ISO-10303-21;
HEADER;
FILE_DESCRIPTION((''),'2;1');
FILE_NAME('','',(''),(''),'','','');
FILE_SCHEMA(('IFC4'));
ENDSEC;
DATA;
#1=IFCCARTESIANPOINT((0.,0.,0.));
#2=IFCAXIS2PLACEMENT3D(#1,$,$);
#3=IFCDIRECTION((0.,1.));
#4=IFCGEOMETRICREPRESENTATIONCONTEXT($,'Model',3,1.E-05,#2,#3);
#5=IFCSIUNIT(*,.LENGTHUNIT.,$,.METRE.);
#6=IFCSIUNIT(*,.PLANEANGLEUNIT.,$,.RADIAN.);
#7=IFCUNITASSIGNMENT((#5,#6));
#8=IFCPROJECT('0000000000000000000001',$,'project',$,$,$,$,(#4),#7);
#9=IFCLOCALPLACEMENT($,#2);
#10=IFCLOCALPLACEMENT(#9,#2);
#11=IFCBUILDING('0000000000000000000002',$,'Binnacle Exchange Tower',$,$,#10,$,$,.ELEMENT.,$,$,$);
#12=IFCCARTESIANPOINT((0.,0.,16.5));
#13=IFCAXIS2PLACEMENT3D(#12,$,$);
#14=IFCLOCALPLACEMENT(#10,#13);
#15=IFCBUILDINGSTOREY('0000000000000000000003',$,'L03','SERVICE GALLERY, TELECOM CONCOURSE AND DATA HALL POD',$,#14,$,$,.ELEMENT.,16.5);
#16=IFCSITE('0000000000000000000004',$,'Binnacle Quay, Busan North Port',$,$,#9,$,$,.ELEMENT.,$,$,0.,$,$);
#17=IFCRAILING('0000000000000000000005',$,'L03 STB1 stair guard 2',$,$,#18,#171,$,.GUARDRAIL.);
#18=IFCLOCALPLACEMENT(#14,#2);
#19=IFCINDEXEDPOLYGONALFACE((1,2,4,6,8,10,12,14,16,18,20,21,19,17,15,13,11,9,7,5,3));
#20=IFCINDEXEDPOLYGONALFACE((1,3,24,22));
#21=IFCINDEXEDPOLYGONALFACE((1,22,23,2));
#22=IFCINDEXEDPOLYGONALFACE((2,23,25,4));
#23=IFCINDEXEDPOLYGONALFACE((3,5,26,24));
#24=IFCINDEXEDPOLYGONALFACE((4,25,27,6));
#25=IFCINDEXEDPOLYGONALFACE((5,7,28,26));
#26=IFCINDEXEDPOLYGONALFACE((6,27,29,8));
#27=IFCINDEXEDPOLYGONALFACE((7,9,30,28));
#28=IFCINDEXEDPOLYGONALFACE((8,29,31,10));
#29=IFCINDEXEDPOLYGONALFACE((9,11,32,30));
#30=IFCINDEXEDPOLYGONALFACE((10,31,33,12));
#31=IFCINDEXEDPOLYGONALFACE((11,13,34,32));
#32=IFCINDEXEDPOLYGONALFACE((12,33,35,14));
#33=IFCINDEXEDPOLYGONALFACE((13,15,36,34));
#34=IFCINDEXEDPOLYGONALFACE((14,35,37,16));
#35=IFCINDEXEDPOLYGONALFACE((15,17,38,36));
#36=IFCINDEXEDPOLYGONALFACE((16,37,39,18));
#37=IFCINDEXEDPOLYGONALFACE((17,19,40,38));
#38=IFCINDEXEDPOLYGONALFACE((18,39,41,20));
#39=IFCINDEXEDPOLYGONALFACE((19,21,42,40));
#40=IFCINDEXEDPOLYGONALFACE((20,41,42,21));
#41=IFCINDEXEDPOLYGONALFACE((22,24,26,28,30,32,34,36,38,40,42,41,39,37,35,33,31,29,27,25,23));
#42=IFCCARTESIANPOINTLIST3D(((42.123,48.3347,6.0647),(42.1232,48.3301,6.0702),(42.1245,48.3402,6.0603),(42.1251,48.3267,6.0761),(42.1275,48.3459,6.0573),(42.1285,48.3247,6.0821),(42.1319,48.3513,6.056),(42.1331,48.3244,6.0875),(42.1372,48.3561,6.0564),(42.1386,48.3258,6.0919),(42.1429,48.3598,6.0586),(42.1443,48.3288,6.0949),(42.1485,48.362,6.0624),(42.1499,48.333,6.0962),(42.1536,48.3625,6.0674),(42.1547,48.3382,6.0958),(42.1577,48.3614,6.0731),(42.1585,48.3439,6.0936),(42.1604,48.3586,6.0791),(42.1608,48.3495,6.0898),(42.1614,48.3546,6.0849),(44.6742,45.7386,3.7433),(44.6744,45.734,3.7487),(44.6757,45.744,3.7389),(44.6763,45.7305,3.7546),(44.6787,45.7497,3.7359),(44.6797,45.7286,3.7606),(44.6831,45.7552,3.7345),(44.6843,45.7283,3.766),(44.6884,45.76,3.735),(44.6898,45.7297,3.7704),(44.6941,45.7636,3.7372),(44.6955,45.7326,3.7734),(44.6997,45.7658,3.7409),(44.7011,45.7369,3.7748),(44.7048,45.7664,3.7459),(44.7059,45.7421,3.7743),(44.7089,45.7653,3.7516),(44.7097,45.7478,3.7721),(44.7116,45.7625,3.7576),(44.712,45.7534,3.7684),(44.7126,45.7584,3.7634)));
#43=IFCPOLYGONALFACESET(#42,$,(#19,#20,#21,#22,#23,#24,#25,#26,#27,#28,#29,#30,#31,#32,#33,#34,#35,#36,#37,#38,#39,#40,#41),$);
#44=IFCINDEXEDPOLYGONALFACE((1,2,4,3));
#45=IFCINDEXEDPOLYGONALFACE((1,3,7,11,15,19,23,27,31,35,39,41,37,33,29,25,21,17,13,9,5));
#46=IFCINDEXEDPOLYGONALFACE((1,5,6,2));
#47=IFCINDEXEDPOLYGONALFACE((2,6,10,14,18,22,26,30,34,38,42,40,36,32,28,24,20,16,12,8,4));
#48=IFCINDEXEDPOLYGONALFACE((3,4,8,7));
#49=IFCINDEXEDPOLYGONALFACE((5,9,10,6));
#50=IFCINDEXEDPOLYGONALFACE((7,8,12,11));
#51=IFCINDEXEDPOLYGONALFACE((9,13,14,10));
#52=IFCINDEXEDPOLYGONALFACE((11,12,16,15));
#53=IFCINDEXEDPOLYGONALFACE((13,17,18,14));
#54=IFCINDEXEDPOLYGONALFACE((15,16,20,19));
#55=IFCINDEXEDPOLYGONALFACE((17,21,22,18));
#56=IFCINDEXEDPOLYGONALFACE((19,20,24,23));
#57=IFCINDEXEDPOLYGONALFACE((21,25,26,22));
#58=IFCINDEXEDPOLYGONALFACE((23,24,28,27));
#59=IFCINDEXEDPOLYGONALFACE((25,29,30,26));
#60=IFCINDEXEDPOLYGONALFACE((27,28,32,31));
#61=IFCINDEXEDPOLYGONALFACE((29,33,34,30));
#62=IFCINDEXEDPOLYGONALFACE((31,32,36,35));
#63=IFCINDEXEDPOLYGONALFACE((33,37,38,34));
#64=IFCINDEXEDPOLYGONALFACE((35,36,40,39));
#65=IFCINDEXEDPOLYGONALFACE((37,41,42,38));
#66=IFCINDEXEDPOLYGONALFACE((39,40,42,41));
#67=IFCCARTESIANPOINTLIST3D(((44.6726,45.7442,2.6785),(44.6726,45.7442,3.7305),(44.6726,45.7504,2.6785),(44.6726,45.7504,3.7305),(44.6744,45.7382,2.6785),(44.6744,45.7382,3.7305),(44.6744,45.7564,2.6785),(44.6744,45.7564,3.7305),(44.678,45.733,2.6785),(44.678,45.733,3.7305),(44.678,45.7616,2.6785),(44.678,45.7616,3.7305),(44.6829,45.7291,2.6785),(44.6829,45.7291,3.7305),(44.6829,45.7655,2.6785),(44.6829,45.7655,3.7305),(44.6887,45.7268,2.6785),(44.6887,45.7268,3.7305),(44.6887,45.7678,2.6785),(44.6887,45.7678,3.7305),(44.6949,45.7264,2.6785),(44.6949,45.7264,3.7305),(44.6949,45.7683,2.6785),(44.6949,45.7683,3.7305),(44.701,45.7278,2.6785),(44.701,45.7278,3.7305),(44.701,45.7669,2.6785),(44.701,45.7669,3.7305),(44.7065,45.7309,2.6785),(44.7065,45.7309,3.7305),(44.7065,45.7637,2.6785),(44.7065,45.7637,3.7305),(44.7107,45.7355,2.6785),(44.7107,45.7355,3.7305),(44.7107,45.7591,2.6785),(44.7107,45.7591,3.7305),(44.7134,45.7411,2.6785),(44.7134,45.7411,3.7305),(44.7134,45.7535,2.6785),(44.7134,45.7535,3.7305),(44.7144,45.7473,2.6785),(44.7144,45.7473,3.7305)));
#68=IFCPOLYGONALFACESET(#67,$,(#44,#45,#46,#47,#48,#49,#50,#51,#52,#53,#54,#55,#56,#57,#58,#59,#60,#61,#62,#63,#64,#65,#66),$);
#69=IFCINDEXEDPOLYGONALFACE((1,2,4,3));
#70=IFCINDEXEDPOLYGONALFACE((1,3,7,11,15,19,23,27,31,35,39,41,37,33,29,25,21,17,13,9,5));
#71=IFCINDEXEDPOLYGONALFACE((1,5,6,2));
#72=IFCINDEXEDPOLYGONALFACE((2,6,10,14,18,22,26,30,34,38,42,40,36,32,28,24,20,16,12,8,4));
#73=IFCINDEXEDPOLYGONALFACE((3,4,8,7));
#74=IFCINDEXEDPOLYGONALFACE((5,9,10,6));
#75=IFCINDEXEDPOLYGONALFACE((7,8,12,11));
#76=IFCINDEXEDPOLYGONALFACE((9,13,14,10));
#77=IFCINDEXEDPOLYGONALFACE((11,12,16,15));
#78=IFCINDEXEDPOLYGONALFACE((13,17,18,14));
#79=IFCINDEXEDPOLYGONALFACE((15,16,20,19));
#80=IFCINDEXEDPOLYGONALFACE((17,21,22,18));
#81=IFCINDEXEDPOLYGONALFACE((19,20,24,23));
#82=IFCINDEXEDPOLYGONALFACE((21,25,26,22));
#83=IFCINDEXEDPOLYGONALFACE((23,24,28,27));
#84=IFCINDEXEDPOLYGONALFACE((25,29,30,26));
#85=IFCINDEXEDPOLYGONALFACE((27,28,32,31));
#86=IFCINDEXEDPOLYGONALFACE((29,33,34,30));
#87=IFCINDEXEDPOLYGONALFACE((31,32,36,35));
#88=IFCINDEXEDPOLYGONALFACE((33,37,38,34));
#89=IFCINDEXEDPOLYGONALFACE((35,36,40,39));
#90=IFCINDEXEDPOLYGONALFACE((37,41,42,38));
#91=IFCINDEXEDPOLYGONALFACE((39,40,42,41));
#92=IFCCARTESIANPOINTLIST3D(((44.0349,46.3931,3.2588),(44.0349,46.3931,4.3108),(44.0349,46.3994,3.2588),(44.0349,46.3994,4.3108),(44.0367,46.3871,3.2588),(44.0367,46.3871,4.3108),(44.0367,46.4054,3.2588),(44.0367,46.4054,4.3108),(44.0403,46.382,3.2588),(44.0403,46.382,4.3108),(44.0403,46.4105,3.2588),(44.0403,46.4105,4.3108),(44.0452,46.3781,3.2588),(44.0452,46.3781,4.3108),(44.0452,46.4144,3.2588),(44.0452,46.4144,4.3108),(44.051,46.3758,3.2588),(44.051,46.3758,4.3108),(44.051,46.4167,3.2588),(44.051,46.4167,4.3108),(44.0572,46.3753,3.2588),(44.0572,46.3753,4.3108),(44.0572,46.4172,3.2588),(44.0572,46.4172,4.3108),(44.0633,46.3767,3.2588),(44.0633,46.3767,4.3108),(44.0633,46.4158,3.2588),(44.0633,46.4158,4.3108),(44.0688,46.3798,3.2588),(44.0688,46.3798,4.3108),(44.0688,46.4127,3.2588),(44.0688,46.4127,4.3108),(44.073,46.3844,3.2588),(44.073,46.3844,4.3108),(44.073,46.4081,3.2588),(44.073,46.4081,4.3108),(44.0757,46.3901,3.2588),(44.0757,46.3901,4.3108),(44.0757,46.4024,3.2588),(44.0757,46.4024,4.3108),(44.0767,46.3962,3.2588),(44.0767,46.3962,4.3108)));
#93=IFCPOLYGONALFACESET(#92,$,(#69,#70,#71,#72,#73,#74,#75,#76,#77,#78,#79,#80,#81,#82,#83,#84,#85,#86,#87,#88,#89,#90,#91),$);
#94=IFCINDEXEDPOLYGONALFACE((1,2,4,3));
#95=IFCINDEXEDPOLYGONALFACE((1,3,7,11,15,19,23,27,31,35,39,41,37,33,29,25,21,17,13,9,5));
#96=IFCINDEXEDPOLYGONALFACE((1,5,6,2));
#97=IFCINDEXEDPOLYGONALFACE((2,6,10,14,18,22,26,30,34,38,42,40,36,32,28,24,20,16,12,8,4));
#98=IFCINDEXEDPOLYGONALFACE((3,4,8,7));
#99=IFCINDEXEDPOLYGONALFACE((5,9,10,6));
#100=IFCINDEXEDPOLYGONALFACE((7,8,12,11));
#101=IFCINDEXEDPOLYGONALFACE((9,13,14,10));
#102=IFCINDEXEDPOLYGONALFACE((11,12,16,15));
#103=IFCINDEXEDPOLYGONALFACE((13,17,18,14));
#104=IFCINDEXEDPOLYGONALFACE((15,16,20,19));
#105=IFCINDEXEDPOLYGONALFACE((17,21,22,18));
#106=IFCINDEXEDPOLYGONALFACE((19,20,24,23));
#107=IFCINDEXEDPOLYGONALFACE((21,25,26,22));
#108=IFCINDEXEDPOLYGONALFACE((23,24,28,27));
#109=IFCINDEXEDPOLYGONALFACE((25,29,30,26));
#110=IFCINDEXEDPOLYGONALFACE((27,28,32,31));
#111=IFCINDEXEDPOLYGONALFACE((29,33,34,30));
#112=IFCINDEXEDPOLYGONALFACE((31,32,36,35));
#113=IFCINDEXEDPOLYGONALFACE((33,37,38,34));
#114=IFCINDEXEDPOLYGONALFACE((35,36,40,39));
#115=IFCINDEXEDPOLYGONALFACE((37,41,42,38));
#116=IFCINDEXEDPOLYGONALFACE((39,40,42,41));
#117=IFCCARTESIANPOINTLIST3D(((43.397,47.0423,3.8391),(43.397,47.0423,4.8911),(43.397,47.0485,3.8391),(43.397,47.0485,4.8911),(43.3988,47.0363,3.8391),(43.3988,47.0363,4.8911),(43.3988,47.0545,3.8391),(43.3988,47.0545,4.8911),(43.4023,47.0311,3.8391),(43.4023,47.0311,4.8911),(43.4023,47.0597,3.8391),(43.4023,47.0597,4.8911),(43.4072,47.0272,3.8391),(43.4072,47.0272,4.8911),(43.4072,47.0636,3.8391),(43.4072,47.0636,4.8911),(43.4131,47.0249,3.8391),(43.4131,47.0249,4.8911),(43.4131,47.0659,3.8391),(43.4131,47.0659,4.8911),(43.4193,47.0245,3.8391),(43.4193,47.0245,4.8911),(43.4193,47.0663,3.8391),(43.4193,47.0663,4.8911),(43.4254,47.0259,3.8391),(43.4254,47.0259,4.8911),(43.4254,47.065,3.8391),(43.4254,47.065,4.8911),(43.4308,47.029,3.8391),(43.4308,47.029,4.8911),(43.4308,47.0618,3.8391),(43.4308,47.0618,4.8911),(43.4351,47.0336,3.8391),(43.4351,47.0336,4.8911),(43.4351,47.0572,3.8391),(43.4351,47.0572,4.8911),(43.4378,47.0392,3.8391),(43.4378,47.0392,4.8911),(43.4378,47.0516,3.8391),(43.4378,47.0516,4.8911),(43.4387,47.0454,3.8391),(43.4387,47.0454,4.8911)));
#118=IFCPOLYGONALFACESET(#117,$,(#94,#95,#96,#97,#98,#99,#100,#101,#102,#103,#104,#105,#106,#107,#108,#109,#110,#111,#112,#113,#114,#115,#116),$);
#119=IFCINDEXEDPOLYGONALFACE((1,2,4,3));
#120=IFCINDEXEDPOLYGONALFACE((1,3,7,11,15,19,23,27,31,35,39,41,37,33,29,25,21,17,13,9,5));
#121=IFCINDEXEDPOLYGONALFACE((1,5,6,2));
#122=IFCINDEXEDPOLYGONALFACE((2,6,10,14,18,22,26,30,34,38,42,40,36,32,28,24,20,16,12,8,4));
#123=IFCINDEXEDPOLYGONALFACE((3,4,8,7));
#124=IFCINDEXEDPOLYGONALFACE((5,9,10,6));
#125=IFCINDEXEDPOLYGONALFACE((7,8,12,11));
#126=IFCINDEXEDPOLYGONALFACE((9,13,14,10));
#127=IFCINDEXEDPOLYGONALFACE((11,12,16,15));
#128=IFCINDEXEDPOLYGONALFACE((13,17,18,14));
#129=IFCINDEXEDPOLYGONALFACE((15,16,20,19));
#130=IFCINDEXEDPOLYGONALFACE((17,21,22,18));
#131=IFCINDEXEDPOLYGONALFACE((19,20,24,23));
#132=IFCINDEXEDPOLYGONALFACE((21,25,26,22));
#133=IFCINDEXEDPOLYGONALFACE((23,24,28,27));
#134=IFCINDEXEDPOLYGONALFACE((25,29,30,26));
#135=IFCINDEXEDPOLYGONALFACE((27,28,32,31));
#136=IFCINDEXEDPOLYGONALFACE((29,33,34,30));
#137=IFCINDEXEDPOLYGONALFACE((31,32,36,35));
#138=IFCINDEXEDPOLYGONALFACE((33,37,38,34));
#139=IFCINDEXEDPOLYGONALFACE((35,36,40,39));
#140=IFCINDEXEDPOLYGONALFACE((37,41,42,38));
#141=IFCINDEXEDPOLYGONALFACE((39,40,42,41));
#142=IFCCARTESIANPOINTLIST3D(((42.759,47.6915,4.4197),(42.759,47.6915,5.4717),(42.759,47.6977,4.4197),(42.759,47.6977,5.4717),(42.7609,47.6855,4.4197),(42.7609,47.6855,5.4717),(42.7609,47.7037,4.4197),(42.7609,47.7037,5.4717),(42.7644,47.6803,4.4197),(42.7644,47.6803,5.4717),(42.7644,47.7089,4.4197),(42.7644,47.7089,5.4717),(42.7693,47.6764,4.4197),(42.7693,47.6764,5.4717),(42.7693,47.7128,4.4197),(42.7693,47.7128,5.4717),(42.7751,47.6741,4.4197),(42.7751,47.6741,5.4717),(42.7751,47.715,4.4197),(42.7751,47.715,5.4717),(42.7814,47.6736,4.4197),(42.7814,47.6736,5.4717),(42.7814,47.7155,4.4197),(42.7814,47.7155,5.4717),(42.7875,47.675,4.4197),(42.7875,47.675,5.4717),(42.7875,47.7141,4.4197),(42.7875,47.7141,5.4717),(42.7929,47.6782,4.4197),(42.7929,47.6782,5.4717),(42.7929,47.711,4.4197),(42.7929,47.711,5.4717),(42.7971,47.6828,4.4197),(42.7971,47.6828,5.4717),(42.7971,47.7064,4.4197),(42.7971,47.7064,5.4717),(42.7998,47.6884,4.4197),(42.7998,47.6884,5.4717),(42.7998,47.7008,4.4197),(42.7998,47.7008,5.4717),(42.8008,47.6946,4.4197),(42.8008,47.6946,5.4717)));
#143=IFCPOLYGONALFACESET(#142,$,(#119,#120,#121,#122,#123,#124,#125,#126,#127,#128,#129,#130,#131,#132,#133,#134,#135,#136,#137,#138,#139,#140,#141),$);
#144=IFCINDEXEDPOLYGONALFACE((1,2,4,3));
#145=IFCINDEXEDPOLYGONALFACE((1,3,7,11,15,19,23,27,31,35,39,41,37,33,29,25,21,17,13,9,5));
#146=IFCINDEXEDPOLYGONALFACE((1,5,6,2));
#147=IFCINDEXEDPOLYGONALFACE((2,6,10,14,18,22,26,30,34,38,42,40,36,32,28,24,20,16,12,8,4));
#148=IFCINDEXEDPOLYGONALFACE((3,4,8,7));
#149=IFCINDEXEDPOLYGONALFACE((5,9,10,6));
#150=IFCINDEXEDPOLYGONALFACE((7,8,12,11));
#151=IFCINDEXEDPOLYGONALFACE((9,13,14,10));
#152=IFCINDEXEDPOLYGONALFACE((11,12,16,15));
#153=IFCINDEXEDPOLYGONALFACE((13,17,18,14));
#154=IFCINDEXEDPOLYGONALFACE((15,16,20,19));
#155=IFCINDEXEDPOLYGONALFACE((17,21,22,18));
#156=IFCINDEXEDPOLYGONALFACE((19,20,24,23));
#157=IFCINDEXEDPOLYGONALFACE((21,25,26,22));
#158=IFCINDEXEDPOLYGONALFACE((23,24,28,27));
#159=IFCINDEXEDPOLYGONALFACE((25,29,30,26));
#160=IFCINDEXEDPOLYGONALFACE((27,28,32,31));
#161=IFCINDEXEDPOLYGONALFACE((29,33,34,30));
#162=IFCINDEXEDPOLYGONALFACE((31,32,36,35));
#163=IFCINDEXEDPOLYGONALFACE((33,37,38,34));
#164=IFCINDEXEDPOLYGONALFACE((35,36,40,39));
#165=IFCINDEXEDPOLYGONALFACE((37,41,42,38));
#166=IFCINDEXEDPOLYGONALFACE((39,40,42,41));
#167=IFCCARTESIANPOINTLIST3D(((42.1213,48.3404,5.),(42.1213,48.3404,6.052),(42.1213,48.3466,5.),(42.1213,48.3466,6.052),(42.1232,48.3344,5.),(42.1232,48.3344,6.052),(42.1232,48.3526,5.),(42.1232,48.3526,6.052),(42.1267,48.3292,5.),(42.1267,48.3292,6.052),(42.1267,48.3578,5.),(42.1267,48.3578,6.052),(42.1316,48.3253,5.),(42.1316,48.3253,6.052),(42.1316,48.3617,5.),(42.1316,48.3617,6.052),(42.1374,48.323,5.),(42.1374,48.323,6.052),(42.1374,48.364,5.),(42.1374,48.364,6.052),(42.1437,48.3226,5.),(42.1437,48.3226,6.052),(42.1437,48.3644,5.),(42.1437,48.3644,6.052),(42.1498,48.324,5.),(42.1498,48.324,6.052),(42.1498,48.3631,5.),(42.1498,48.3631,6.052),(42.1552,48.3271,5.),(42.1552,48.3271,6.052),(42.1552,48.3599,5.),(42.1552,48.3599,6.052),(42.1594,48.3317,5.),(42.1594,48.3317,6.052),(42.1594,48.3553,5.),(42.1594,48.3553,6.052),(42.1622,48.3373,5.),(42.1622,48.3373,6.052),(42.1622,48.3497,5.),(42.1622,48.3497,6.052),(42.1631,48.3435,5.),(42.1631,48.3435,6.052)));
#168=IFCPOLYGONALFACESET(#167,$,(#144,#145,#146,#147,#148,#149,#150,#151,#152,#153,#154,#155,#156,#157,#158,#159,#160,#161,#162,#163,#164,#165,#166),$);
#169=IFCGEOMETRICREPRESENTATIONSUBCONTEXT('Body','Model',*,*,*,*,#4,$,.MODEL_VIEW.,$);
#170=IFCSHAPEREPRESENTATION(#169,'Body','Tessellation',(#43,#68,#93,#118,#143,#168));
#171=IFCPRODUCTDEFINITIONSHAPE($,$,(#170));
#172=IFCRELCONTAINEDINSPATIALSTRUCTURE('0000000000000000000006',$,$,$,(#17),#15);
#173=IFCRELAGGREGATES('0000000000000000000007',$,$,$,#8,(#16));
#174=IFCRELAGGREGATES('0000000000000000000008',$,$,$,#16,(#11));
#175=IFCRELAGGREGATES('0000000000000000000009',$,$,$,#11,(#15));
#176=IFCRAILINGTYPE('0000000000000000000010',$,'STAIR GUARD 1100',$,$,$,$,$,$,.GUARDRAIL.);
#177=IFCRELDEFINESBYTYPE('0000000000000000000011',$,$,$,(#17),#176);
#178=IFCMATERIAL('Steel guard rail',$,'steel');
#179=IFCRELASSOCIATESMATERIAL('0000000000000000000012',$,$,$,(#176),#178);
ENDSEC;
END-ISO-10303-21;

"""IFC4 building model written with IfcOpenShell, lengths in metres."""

from ifc_helpers import new_model, si_unit, direction, frame, origin, origin_2d, place, context, subcontext, project, spatial, circle, extrude, material, type_object, element, save


model = new_model("IFC4")

# Units and contexts
model_context = context("Model", 3, precision=1e-05, world=origin(), true_north=direction((0.0, 1.0)))
body_context = subcontext(model_context, "Body", "Model", "MODEL_VIEW")
ifc_project = project(units=[si_unit("LENGTHUNIT", "METRE"), si_unit("PLANEANGLEUNIT", "RADIAN")], contexts=[model_context])

# Site, building, storey
site_placement = place(None, origin())
site = spatial("IfcSite", under=ifc_project, at=site_placement, Name="Binnacle Quay, Busan North Port", CompositionType="ELEMENT", RefElevation=0.0)
building_placement = place(site_placement, origin())
building = spatial("IfcBuilding", under=site, at=building_placement, Name="Binnacle Exchange Tower", CompositionType="ELEMENT")
storey_placement = place(building_placement, frame((0.0, 0.0, 16.5)))
storey = spatial("IfcBuildingStorey", under=building, at=storey_placement, Name="L03", Description="SERVICE GALLERY, TELECOM CONCOURSE AND DATA HALL POD", CompositionType="ELEMENT", Elevation=16.5)

# Railing
ifc_material_1 = material(Name="Steel guard rail", Category="steel")
railing_type_1 = type_object("IfcRailingType", Name="STAIR GUARD 1100", PredefinedType="GUARDRAIL", material=ifc_material_1)
railing_1_placement = place(storey_placement, frame((44.6934, 45.7473, 2.6785)))
element("IfcRailing", 1, at=railing_1_placement, inside=storey, type_object=railing_type_1, Name="L03 STB1 stair guard 2", PredefinedType="GUARDRAIL", context=body_context, shape_type="SweptSolid", body=[
    extrude(circle(Radius=0.0239, at=origin_2d()), frame((0.0, 0.0, 1.0762), z_axis=(-0.590947, 0.601352, 0.537733), x_axis=(-0.713251, -0.700909, 0.0)), (0.0, 0.0, 1.0), 4.3171),
    extrude(circle(Radius=0.021, at=origin_2d()), origin(), (0.0, 0.0, 1.0), 1.052),
    extrude(circle(Radius=0.021, at=origin_2d()), frame((-0.6377, 0.6489, 0.5803)), (0.0, 0.0, 1.0), 1.052),
    extrude(circle(Radius=0.021, at=origin_2d()), frame((-1.2756, 1.2981, 1.1606)), (0.0, 0.0, 1.0), 1.052),
    extrude(circle(Radius=0.021, at=origin_2d()), frame((-1.9136, 1.9473, 1.7412)), (0.0, 0.0, 1.0), 1.052),
    extrude(circle(Radius=0.021, at=origin_2d()), frame((-2.5513, 2.5962, 2.3215)), (0.0, 0.0, 1.0), 1.052),
])

save(model, "model.ifc")
